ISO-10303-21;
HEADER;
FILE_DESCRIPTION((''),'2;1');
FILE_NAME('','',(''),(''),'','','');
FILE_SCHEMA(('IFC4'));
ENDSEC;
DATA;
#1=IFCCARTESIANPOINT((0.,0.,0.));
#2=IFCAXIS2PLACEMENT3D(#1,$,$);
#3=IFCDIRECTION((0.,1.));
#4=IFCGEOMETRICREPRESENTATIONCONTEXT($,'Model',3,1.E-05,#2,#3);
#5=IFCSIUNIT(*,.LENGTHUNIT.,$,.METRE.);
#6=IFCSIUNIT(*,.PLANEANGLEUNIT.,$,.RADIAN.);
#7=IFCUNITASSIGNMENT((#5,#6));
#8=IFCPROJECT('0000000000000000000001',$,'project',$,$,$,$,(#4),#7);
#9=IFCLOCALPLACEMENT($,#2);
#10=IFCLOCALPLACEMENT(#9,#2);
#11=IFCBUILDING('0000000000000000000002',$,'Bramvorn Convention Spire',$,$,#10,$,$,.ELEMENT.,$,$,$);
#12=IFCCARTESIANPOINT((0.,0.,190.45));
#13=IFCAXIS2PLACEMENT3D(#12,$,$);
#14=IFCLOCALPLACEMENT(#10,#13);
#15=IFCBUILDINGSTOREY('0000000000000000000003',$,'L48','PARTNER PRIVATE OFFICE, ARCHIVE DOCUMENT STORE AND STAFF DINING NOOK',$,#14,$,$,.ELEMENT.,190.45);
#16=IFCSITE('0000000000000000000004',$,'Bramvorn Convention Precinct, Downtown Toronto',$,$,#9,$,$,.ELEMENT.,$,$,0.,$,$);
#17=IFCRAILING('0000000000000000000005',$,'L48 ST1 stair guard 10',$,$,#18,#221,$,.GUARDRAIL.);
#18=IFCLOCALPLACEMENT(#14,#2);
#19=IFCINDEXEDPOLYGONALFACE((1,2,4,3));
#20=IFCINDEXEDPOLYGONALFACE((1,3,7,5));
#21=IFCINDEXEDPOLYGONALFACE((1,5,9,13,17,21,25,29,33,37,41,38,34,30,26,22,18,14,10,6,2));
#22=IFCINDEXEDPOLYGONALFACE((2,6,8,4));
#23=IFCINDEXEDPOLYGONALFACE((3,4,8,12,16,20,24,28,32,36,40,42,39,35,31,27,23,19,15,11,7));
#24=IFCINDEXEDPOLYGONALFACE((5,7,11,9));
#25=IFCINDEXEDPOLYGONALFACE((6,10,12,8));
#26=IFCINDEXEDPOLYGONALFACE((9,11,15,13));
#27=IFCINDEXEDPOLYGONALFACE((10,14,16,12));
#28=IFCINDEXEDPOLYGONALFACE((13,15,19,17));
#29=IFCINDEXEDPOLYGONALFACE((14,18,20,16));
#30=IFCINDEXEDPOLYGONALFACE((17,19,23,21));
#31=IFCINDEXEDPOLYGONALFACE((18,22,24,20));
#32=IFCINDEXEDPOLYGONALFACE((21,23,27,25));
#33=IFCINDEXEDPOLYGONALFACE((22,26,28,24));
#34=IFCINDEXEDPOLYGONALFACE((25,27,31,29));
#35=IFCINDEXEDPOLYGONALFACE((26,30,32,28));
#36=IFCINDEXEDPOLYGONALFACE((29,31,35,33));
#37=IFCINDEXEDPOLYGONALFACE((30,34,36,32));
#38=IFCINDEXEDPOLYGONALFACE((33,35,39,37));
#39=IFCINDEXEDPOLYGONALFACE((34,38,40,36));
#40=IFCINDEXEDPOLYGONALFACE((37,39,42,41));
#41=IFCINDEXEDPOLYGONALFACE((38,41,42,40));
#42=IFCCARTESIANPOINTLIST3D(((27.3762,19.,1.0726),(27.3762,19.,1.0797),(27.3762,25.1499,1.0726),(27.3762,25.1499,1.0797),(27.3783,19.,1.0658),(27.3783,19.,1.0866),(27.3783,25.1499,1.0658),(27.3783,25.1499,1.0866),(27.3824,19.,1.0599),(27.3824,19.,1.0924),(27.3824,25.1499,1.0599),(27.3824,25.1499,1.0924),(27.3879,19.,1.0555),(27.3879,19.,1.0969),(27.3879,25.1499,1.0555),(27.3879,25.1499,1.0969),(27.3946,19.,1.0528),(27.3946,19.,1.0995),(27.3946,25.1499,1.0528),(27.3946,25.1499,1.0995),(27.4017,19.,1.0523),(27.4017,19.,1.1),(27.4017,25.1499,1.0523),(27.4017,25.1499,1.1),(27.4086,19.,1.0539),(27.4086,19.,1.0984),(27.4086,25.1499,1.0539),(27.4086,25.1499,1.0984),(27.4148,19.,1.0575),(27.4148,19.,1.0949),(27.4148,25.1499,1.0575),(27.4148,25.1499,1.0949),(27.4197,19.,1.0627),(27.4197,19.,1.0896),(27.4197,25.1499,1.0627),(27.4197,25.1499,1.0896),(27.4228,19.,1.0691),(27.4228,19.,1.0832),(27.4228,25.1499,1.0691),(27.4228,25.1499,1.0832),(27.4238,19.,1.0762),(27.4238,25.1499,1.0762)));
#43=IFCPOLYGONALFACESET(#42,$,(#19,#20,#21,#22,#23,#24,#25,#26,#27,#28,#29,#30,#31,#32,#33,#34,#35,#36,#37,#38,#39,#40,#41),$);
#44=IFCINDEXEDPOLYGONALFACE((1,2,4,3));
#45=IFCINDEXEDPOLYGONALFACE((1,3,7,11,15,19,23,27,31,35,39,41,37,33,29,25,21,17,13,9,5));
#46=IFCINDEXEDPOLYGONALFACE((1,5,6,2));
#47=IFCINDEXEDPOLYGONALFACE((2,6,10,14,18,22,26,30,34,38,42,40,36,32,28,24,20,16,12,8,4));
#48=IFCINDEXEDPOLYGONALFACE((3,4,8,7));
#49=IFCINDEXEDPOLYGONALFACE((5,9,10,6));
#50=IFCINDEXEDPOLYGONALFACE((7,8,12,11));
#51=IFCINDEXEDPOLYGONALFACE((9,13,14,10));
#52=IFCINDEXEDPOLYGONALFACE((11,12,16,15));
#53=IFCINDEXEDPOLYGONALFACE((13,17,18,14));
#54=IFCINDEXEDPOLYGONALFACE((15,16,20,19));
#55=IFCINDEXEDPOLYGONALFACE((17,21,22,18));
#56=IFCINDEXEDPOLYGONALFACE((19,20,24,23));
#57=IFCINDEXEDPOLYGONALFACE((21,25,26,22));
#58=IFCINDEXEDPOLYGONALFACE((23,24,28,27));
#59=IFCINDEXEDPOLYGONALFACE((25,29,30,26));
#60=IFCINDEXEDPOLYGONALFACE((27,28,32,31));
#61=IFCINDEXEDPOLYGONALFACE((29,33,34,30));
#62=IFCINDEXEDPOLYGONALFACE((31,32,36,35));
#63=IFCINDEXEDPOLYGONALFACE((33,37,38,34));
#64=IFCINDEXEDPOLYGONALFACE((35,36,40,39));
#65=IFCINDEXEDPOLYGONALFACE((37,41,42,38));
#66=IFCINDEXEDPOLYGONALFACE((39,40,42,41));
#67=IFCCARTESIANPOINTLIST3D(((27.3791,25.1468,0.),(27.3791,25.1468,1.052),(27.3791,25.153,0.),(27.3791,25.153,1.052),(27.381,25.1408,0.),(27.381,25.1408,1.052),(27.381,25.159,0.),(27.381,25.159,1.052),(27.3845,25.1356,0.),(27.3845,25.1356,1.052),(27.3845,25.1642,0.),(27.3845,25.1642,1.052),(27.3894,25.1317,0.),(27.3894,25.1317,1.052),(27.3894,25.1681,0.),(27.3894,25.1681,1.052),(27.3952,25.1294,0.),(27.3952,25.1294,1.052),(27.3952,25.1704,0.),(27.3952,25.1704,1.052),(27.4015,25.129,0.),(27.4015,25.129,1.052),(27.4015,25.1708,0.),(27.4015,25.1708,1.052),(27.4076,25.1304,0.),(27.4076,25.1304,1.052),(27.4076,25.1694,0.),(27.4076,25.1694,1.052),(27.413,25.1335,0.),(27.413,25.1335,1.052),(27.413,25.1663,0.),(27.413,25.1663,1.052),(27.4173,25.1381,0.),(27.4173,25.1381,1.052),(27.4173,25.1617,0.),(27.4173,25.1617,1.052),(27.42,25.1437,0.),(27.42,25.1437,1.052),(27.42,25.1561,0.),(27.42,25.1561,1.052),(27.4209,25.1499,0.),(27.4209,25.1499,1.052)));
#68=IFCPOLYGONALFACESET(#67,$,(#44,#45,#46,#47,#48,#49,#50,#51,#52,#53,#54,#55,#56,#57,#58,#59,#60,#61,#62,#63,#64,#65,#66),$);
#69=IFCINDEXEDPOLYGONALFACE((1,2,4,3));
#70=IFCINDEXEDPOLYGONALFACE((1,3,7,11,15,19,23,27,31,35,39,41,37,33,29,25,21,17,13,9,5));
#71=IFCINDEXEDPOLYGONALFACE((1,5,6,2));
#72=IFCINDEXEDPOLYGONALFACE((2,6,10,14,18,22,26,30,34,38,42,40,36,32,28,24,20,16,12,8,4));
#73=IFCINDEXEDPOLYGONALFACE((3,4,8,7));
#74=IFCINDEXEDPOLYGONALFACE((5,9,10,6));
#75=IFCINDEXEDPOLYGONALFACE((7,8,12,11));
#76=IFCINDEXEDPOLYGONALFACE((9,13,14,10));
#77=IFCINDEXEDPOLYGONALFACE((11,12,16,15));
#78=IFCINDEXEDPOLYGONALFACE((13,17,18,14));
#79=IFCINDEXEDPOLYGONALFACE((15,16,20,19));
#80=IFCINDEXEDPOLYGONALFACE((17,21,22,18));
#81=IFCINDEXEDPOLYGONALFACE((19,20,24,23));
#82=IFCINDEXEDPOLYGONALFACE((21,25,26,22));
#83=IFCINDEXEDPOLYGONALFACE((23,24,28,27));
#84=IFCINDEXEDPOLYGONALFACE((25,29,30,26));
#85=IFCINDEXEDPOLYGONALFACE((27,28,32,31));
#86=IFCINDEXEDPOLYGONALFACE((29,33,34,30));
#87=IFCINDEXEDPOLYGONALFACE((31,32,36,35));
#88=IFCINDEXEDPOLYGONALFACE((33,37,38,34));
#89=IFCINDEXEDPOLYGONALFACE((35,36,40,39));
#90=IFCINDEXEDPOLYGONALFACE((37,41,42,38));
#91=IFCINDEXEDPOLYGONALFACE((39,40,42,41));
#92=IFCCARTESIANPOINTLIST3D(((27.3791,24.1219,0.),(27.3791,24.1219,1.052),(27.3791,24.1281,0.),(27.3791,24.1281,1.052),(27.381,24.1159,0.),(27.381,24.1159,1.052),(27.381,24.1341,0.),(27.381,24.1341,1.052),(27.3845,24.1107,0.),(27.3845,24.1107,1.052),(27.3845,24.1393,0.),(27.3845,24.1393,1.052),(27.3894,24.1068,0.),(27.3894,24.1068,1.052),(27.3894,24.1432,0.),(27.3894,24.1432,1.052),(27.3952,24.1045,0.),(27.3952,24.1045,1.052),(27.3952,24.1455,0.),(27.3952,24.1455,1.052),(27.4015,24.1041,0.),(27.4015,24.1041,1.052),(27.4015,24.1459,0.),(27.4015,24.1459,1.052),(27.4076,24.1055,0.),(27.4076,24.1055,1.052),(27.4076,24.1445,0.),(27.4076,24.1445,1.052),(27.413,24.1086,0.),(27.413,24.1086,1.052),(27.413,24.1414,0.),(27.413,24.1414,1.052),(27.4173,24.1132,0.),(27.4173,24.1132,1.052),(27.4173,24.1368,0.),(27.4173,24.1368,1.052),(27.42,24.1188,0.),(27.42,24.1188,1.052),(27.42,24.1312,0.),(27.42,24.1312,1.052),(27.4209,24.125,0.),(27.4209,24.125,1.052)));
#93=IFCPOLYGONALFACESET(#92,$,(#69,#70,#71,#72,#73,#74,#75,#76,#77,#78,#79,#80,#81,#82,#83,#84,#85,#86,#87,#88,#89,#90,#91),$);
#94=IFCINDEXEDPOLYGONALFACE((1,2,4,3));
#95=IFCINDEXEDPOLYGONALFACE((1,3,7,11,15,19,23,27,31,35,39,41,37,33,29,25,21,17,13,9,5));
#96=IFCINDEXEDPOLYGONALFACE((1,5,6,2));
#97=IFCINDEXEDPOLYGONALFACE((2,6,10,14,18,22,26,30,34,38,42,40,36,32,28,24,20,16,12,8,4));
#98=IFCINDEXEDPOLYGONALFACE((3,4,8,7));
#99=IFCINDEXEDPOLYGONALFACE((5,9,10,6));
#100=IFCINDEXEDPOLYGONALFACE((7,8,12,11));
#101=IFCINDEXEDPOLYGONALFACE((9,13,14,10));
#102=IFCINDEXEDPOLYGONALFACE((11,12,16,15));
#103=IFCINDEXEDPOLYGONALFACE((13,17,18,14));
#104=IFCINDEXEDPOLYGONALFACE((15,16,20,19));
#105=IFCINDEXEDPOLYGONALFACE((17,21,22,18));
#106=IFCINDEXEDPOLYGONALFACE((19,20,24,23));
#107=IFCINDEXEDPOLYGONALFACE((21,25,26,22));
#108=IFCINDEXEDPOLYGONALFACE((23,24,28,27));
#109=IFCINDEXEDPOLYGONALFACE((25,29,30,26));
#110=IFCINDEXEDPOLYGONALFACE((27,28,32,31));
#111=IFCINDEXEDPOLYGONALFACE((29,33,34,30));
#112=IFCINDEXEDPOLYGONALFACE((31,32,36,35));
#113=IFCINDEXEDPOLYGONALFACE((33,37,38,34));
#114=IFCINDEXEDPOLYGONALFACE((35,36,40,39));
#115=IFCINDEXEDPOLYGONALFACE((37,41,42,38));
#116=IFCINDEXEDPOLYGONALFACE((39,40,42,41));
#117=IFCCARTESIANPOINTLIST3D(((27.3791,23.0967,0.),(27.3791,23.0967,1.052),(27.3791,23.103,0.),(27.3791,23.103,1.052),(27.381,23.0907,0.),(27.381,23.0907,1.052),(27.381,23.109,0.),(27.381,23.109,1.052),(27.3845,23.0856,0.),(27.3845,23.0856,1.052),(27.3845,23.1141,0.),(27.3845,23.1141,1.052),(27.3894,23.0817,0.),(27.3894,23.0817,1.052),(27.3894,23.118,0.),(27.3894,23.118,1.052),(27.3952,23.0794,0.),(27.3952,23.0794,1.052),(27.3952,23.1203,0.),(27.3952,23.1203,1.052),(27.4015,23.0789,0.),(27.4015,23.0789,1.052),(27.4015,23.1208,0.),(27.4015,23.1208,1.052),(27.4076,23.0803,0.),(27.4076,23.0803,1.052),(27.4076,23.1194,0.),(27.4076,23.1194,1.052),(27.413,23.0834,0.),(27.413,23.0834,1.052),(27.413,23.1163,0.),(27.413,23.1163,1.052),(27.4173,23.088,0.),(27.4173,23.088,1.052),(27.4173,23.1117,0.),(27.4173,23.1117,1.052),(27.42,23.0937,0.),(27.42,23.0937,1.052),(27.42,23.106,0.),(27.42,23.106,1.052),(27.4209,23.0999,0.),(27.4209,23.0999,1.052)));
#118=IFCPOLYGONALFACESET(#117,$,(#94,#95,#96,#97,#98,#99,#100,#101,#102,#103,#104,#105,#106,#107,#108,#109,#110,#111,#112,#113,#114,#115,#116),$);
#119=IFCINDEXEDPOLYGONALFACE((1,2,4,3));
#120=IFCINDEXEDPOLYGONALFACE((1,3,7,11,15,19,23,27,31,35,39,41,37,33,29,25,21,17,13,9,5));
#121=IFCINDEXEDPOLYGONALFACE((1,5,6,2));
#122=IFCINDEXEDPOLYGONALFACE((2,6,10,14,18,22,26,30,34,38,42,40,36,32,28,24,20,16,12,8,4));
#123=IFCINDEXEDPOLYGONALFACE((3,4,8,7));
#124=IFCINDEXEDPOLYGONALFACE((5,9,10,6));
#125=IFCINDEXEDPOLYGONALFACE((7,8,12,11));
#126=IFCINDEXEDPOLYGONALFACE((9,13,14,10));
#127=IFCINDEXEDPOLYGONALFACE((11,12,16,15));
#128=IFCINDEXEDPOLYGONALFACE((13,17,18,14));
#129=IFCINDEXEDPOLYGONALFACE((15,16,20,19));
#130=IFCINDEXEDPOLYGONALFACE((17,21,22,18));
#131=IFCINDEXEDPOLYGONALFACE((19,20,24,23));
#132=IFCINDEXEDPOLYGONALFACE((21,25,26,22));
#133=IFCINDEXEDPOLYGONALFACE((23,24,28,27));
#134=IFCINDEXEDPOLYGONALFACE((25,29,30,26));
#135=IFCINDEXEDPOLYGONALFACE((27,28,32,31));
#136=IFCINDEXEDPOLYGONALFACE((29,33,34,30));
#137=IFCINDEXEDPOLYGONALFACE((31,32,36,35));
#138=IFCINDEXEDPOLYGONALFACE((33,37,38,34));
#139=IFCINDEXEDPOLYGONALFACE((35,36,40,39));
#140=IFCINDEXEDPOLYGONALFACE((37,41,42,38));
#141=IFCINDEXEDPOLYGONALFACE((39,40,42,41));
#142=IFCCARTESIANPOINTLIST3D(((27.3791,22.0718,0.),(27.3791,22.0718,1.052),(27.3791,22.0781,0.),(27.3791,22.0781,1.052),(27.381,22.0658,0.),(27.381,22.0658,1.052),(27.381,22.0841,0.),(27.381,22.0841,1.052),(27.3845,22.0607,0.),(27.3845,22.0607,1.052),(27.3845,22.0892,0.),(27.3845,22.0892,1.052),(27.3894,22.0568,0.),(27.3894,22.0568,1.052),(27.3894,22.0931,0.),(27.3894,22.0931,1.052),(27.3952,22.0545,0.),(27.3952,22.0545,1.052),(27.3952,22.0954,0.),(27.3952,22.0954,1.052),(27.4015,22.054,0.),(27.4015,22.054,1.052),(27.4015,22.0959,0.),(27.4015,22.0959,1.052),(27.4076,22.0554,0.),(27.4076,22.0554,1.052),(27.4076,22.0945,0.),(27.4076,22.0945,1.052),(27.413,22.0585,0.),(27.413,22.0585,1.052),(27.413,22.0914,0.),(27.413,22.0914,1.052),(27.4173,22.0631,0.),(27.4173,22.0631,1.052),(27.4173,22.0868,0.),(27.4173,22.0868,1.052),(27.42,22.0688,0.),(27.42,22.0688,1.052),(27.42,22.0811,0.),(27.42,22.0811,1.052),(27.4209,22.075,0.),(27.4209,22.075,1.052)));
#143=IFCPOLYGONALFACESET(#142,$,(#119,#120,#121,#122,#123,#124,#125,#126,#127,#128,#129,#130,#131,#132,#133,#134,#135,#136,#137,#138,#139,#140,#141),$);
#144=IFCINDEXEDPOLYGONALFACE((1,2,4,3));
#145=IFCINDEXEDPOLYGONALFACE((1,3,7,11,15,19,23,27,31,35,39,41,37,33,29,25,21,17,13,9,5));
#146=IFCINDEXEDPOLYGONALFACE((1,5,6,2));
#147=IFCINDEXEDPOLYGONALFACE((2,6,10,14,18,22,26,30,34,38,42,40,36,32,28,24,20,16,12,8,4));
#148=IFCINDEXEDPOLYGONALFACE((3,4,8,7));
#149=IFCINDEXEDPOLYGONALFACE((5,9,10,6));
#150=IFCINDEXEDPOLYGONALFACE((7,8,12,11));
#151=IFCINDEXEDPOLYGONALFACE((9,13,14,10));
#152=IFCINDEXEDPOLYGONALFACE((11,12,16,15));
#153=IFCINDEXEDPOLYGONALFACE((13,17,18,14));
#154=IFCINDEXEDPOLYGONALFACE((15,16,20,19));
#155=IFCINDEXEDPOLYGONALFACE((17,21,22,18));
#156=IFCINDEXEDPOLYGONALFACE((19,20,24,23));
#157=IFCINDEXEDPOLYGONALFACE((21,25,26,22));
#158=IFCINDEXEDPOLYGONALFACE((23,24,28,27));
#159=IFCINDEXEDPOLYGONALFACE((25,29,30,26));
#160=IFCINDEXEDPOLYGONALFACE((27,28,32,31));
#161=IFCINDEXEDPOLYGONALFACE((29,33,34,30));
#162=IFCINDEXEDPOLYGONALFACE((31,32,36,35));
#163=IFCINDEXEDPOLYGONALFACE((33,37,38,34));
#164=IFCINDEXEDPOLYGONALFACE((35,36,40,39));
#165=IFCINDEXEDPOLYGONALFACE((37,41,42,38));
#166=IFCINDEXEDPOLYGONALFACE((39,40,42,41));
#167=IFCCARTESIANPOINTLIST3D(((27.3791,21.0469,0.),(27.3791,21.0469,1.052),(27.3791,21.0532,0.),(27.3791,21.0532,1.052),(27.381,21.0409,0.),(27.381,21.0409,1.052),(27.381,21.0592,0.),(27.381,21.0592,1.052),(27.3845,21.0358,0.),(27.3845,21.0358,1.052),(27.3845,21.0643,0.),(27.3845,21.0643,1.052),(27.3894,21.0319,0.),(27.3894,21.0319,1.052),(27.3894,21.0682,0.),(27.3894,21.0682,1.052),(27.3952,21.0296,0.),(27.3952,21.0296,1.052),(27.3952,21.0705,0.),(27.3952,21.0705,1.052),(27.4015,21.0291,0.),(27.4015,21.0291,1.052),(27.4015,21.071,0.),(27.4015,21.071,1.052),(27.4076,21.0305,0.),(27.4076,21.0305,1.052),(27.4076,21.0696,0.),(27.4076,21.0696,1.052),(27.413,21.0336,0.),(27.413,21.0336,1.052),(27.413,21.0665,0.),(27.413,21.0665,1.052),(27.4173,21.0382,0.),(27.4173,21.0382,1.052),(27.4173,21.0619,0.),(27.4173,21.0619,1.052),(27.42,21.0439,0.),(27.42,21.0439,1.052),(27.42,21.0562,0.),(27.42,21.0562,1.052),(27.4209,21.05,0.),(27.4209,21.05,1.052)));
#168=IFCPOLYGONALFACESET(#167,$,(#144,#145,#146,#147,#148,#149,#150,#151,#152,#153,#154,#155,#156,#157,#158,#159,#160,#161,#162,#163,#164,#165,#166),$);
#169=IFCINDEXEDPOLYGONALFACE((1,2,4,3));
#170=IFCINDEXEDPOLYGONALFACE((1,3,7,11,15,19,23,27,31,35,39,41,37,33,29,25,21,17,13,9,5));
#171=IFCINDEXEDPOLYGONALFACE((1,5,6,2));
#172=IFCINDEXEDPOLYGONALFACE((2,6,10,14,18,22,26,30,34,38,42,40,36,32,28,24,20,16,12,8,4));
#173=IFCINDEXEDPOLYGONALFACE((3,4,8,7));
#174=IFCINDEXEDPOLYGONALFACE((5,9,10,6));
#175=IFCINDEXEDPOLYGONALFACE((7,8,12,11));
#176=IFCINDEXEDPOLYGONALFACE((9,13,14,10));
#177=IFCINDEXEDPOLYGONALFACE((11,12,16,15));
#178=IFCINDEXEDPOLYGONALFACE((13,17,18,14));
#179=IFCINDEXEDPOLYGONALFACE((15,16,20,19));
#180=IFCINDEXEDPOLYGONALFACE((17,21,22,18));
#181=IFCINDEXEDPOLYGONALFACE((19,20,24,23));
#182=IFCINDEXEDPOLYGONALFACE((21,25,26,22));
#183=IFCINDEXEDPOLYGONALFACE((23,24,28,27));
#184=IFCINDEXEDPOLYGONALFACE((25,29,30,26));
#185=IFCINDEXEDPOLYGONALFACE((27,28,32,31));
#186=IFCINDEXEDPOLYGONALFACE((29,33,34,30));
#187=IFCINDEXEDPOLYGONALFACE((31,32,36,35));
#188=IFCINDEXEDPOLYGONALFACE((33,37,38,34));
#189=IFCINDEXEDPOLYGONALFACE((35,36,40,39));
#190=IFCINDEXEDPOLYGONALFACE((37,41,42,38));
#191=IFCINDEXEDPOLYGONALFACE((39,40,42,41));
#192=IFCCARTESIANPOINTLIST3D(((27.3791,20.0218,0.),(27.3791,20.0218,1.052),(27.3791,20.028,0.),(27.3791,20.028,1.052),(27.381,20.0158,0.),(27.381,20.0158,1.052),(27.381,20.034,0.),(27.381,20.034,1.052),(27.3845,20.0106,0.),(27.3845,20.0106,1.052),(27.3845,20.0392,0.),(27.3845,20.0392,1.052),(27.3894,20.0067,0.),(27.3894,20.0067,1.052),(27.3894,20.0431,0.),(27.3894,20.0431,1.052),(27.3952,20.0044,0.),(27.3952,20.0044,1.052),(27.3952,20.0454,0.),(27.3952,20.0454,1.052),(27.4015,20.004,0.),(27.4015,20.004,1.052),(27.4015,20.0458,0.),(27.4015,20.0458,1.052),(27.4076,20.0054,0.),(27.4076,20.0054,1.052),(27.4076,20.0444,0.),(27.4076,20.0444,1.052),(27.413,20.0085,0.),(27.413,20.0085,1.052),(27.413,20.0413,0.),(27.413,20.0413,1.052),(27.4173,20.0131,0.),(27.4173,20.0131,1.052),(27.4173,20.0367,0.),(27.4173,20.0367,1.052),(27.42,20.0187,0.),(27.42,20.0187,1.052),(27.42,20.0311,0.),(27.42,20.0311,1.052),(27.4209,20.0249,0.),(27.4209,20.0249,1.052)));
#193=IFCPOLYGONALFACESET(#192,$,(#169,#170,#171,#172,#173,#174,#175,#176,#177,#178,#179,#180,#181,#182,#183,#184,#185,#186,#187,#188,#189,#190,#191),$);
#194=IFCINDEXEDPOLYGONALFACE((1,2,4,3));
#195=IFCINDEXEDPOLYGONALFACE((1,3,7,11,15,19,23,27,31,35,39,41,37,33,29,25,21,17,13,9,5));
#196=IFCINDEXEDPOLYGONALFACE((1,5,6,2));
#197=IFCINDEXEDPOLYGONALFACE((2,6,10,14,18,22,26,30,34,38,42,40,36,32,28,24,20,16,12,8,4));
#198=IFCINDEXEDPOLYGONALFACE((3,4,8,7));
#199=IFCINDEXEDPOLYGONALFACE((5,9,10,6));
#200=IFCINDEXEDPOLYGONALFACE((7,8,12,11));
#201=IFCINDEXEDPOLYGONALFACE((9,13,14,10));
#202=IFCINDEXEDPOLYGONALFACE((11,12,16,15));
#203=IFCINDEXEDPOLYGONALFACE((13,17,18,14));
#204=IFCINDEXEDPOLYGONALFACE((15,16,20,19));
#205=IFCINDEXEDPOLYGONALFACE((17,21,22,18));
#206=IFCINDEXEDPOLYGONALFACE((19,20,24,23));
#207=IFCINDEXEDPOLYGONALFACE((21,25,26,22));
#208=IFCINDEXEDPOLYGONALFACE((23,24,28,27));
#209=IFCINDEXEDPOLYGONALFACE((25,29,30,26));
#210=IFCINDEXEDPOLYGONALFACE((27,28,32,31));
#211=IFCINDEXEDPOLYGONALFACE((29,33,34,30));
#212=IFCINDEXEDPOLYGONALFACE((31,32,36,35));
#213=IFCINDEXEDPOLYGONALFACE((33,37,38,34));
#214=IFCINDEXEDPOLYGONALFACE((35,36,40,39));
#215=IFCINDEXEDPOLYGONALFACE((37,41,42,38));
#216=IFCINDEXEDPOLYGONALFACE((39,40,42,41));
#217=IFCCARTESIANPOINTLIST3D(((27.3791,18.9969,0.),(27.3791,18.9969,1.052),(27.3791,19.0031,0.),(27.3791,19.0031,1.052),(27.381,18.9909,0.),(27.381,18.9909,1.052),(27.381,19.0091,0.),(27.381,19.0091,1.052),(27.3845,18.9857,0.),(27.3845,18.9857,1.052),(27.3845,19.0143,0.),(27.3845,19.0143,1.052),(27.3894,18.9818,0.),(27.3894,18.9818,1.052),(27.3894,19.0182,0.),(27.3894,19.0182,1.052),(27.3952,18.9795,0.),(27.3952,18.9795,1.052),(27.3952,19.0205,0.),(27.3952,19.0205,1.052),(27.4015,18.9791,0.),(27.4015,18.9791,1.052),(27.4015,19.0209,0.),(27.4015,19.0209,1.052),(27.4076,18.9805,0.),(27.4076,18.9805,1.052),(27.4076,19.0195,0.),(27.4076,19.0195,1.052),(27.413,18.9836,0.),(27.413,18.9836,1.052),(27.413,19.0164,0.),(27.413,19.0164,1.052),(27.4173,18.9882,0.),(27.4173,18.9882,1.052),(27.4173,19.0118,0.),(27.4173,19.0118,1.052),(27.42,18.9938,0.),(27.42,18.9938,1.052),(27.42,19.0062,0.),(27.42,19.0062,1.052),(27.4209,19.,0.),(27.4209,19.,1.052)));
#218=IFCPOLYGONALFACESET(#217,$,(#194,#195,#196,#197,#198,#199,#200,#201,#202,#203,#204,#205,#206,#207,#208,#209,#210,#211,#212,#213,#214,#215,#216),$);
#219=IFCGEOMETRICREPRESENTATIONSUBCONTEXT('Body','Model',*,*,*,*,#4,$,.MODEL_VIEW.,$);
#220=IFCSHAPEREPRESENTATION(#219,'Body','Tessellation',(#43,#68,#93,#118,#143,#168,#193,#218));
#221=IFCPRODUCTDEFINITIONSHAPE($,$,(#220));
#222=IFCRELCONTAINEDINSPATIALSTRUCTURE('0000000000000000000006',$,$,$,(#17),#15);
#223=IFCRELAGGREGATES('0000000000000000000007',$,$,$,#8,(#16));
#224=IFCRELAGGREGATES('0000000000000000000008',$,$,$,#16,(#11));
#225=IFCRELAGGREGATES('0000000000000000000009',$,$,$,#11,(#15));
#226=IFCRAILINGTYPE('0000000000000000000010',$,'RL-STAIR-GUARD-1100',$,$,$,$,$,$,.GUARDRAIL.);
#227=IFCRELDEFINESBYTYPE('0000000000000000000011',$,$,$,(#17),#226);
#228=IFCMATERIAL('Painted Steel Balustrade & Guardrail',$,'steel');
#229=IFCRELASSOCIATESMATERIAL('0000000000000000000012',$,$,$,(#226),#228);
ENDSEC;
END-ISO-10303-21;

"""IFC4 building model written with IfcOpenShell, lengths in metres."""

from ifc_helpers import new_model, si_unit, direction, frame, origin, origin_2d, place, context, subcontext, project, spatial, circle, extrude, material, type_object, element, save


model = new_model("IFC4")

# Units and contexts
model_context = context("Model", 3, precision=1e-05, world=origin(), true_north=direction((0.0, 1.0)))
body_context = subcontext(model_context, "Body", "Model", "MODEL_VIEW")
ifc_project = project(units=[si_unit("LENGTHUNIT", "METRE"), si_unit("PLANEANGLEUNIT", "RADIAN")], contexts=[model_context])

# Site, building, storey
site_placement = place(None, origin())
site = spatial("IfcSite", under=ifc_project, at=site_placement, Name="Bramvorn Convention Precinct, Downtown Toronto", CompositionType="ELEMENT", RefElevation=0.0)
building_placement = place(site_placement, origin())
building = spatial("IfcBuilding", under=site, at=building_placement, Name="Bramvorn Convention Spire", CompositionType="ELEMENT")
storey_placement = place(building_placement, frame((0.0, 0.0, 190.45)))
storey = spatial("IfcBuildingStorey", under=building, at=storey_placement, Name="L48", Description="PARTNER PRIVATE OFFICE, ARCHIVE DOCUMENT STORE AND STAFF DINING NOOK", CompositionType="ELEMENT", Elevation=190.45)

# Railing
ifc_material_1 = material(Name="Painted Steel Balustrade & Guardrail", Category="steel")
railing_type_1 = type_object("IfcRailingType", Name="RL-STAIR-GUARD-1100", PredefinedType="GUARDRAIL", material=ifc_material_1)
railing_1_placement = place(storey_placement, frame((27.3999, 25.1499, 0.0)))
element("IfcRailing", 1, at=railing_1_placement, inside=storey, type_object=railing_type_1, Name="L48 ST1 stair guard 10", PredefinedType="GUARDRAIL", context=body_context, shape_type="SweptSolid", body=[
    extrude(circle(Radius=0.0239, at=origin_2d()), frame((0.0, 0.0, 1.0762), z_axis=(0.0, -1.0, 0.0), x_axis=(1.0, 0.0, 0.0)), (0.0, 0.0, 1.0), 6.1499),
    extrude(circle(Radius=0.021, at=origin_2d()), origin(), (0.0, 0.0, 1.0), 1.052),
    extrude(circle(Radius=0.021, at=origin_2d()), frame((0.0, -1.0249, 0.0)), (0.0, 0.0, 1.0), 1.052),
    extrude(circle(Radius=0.021, at=origin_2d()), frame((0.0, -2.05, 0.0)), (0.0, 0.0, 1.0), 1.052),
    extrude(circle(Radius=0.021, at=origin_2d()), frame((0.0, -3.075, 0.0)), (0.0, 0.0, 1.0), 1.052),
    extrude(circle(Radius=0.021, at=origin_2d()), frame((0.0, -4.0999, 0.0)), (0.0, 0.0, 1.0), 1.052),
    extrude(circle(Radius=0.021, at=origin_2d()), frame((0.0, -5.125, 0.0)), (0.0, 0.0, 1.0), 1.052),
    extrude(circle(Radius=0.021, at=origin_2d()), frame((0.0, -6.1499, 0.0)), (0.0, 0.0, 1.0), 1.052),
])

save(model, "model.ifc")
